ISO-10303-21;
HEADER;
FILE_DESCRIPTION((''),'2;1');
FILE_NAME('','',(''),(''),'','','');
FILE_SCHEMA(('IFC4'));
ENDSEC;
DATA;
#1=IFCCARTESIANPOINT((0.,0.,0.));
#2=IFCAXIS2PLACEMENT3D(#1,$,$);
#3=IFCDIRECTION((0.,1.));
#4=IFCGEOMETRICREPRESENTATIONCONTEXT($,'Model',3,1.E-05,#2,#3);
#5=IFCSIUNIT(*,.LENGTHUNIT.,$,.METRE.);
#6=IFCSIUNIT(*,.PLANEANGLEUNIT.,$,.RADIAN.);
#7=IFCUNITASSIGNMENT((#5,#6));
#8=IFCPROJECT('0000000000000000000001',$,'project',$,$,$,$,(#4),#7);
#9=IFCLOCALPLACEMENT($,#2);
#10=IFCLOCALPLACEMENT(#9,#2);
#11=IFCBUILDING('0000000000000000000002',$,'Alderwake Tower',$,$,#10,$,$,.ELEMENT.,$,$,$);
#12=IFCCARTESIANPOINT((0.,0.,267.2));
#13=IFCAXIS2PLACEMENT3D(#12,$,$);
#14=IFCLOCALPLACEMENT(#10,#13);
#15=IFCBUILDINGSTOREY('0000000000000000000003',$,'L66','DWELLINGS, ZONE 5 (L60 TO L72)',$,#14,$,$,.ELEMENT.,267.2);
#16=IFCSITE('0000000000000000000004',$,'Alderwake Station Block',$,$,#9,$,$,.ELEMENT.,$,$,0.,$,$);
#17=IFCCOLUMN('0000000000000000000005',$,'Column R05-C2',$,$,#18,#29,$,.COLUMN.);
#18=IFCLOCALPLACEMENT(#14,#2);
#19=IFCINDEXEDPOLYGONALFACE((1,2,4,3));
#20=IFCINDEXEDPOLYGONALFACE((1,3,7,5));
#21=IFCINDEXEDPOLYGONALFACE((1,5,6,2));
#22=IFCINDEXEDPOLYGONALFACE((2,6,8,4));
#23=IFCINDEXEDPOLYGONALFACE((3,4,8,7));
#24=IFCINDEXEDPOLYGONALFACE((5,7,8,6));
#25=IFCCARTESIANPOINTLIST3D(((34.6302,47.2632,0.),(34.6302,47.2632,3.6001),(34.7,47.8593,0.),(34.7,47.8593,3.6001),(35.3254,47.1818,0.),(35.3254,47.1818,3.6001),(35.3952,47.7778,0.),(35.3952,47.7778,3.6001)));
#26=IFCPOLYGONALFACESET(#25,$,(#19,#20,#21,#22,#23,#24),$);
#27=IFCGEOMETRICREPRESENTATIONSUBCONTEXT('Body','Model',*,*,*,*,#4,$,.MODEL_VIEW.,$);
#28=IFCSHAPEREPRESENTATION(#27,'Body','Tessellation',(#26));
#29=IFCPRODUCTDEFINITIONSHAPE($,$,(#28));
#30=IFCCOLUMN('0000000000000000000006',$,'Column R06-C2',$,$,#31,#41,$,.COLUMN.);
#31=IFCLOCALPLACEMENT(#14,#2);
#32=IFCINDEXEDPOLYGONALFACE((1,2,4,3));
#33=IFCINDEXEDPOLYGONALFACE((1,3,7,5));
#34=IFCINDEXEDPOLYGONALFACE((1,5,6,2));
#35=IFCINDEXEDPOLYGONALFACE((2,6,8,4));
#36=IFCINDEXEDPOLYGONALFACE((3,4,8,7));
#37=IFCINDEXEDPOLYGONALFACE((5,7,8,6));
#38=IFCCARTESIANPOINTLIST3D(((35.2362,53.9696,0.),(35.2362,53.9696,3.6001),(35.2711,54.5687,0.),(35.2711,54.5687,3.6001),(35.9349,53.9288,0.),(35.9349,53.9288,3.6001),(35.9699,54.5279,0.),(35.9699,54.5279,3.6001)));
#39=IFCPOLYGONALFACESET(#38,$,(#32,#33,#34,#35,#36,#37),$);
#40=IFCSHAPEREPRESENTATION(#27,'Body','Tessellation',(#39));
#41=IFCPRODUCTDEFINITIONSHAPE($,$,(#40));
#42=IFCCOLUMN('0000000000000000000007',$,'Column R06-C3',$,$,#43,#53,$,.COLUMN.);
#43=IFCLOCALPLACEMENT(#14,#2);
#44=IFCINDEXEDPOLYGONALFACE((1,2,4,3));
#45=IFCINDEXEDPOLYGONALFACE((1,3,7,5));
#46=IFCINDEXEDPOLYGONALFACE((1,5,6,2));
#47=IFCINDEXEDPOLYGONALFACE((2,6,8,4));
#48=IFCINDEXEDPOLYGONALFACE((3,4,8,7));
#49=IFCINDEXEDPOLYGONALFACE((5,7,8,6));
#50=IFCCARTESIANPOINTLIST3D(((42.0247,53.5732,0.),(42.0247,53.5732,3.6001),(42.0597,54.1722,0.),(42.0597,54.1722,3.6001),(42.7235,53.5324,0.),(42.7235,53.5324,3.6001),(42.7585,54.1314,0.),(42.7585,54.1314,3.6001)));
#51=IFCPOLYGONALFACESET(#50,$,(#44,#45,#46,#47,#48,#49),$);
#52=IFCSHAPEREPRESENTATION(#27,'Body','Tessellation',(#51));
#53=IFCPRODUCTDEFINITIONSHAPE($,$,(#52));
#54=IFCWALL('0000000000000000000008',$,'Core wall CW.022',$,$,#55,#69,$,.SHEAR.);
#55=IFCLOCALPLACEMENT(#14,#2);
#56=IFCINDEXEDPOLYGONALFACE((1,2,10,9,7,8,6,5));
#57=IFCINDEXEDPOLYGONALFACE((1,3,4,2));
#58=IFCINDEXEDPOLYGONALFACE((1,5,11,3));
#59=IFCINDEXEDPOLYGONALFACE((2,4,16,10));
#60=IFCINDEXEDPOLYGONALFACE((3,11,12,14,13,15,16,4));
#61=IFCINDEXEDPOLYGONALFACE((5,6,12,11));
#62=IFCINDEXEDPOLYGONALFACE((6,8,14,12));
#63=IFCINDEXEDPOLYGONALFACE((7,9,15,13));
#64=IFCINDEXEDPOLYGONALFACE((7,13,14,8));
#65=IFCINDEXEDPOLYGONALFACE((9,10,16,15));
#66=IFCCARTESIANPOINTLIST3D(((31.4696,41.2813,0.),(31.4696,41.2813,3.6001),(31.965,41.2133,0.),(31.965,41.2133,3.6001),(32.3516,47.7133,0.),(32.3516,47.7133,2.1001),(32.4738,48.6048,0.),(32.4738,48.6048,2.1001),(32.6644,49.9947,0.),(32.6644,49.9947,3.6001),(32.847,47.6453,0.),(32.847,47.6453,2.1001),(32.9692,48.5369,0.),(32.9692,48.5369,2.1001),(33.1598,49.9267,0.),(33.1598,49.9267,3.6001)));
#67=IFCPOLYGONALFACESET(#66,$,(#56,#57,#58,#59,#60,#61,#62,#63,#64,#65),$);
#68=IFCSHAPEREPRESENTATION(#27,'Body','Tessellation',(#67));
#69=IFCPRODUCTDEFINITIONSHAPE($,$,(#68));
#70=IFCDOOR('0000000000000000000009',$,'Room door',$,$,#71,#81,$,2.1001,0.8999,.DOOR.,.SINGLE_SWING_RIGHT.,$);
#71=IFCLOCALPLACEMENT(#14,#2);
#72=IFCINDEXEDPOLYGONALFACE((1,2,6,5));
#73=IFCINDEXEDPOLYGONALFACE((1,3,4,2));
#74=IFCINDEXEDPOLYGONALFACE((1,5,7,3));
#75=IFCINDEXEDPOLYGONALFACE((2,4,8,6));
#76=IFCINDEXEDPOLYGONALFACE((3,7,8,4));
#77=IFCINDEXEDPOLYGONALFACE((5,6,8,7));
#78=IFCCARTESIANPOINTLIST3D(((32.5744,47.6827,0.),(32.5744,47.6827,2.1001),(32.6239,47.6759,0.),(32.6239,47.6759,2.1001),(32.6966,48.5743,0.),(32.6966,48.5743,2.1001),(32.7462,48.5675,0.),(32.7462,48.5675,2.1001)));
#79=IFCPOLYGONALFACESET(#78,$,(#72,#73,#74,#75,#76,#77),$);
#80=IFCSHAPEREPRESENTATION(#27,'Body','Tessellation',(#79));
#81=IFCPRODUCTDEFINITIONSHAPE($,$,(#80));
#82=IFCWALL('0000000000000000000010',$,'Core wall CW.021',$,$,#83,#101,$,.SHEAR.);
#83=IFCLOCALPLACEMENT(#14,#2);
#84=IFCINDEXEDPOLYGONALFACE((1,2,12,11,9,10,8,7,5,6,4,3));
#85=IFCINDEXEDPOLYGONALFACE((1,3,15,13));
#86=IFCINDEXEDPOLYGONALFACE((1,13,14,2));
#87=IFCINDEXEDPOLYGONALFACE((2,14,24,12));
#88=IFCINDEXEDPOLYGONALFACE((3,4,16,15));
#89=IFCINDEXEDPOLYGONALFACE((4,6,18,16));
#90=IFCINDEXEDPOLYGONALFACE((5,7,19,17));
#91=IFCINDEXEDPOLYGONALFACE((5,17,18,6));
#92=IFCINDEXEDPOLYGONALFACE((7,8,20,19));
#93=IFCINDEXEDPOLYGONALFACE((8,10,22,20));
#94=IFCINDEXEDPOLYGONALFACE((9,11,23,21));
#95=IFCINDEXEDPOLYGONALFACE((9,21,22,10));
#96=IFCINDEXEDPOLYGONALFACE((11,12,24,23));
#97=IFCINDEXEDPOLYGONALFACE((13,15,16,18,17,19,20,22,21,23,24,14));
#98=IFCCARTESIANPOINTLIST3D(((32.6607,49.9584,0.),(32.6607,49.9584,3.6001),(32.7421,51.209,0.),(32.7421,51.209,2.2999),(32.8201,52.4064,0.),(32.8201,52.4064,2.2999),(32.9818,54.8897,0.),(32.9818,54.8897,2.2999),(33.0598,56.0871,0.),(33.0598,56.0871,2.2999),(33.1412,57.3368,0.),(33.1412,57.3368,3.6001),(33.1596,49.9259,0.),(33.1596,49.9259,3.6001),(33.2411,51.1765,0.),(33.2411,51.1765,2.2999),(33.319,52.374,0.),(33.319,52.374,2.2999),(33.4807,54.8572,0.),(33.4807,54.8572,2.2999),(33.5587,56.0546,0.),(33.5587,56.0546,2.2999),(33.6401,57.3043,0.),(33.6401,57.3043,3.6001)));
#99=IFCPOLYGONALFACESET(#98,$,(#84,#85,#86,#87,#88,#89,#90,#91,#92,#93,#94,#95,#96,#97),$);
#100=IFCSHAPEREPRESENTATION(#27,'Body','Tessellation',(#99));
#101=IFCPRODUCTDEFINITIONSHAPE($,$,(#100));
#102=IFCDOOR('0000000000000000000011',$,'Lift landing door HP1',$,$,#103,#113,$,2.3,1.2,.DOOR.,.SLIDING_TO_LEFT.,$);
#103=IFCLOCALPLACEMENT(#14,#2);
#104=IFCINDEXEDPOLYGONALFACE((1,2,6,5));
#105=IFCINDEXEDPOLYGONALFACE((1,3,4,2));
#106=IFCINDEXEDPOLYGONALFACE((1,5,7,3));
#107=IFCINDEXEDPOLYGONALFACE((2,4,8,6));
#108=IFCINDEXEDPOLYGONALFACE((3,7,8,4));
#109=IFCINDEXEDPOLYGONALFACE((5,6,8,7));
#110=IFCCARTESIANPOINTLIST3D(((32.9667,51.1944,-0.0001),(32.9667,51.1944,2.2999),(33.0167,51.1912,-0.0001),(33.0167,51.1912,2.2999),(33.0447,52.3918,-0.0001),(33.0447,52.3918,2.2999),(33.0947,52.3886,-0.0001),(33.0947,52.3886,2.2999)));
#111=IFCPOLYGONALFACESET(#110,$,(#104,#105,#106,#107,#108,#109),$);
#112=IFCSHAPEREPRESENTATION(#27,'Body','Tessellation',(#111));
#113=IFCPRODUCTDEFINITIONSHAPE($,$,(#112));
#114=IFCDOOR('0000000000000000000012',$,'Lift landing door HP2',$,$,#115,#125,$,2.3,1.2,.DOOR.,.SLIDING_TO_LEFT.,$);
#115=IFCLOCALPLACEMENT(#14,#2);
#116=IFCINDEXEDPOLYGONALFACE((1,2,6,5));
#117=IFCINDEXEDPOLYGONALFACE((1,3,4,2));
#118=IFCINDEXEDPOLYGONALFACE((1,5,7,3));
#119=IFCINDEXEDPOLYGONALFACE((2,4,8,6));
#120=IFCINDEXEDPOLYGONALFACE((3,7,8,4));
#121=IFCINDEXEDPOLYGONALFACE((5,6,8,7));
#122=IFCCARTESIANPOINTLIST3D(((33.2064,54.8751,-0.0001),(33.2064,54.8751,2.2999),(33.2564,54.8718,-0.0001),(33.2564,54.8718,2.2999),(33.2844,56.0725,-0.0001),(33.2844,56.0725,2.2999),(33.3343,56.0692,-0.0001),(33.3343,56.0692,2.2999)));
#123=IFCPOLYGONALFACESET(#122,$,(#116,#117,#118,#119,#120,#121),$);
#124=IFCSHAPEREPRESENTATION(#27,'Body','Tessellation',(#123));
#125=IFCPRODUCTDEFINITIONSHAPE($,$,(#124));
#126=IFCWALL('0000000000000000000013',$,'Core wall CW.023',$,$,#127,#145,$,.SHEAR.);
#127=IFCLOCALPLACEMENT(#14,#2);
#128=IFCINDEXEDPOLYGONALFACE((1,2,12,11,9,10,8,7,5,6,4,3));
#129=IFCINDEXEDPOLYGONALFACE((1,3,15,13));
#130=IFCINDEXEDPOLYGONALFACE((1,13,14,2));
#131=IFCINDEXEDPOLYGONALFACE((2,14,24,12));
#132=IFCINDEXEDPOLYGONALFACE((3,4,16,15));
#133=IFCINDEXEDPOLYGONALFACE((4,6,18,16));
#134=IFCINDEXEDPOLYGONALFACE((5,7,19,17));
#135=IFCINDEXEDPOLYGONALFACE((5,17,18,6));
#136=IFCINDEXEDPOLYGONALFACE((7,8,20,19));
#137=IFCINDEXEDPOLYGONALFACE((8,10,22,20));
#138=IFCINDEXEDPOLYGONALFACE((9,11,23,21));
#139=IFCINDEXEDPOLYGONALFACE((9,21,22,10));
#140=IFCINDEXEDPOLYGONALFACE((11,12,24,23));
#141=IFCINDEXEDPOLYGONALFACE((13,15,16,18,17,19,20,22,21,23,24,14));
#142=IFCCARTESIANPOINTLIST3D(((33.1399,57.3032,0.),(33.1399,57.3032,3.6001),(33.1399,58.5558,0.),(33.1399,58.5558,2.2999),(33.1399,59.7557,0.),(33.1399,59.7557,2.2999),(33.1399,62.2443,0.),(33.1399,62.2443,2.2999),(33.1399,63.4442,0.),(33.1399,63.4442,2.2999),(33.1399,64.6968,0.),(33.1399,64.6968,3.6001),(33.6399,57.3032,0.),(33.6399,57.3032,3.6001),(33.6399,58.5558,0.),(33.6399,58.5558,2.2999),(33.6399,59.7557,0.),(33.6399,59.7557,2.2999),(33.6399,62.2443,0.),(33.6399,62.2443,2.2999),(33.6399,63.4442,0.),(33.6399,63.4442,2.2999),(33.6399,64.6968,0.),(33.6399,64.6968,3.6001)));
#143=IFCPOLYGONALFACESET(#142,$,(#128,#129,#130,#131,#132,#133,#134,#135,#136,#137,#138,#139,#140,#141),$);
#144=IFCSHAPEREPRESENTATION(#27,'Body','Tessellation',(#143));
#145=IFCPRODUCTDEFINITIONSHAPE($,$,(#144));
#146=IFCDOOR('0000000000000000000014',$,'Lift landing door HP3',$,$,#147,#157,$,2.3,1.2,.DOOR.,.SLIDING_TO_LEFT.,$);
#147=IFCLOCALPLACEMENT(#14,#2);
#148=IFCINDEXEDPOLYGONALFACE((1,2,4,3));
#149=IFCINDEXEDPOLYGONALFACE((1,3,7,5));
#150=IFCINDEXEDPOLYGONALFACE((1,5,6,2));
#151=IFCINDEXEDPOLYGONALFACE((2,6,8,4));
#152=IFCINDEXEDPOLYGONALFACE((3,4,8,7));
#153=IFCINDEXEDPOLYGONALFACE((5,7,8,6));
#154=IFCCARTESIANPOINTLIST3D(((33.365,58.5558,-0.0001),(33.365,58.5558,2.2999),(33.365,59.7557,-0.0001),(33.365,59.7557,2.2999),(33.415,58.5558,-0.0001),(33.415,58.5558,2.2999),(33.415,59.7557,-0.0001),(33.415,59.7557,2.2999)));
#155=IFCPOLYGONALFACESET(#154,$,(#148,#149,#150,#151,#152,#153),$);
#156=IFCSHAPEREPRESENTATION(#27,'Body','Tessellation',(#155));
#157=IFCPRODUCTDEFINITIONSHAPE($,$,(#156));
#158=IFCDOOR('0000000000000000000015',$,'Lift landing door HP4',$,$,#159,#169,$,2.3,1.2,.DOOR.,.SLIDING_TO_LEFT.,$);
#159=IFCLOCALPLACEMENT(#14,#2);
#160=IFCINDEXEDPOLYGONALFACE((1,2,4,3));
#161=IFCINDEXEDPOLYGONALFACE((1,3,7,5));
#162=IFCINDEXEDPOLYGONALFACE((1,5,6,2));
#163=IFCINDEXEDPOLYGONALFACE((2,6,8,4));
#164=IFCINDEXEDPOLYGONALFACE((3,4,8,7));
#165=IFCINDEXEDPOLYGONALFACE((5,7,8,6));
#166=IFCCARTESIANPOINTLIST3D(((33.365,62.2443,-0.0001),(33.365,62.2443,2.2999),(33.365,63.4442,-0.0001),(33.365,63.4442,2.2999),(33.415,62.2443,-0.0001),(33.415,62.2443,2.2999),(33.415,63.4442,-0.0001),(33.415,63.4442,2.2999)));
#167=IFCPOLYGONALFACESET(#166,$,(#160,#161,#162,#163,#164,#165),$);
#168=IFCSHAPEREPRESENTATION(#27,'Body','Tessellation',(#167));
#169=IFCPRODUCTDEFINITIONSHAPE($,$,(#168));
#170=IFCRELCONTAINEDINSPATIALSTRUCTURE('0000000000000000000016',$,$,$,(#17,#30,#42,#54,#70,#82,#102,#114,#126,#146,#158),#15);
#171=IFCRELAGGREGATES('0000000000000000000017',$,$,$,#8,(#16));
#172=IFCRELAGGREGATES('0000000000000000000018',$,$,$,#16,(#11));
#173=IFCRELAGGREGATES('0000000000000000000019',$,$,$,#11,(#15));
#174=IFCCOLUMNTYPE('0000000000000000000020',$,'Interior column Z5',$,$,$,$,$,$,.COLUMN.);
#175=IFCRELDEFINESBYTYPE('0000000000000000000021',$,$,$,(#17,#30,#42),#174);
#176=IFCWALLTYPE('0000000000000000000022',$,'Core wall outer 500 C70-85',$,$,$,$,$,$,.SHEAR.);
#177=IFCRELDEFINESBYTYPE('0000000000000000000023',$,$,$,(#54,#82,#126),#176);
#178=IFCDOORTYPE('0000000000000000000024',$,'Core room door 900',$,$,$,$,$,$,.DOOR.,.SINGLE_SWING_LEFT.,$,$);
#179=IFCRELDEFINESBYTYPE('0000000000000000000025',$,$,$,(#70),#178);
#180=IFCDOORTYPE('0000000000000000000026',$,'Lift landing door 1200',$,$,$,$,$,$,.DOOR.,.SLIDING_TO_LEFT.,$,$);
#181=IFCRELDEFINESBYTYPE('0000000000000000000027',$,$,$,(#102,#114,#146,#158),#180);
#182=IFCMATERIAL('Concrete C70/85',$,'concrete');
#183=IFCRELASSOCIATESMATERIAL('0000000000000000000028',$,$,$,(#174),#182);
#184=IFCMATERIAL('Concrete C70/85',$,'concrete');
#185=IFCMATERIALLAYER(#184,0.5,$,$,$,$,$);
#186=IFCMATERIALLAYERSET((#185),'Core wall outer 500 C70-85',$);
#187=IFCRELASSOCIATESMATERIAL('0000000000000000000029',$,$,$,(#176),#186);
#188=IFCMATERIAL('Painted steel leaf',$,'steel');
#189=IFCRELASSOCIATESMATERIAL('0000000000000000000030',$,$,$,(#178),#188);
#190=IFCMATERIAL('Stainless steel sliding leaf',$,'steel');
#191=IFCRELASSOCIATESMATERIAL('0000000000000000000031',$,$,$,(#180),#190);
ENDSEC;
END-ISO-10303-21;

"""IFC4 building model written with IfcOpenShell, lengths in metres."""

from ifc_helpers import new_model, si_unit, direction, frame, frame_2d, origin, origin_2d, place, context, subcontext, project, spatial, rectangle, extrude, material, layer, layer_set, material_profile, profile_set, type_object, element, fill, save


model = new_model("IFC4")

# Units and contexts
model_context = context("Model", 3, precision=1e-05, world=origin(), true_north=direction((0.0, 1.0)))
body_context = subcontext(model_context, "Body", "Model", "MODEL_VIEW")
ifc_project = project(units=[si_unit("LENGTHUNIT", "METRE"), si_unit("PLANEANGLEUNIT", "RADIAN")], contexts=[model_context])

# Site, building, storey
site_placement = place(None, origin())
site = spatial("IfcSite", under=ifc_project, at=site_placement, Name="Alderwake Station Block", CompositionType="ELEMENT", RefElevation=0.0)
building_placement = place(site_placement, origin())
building = spatial("IfcBuilding", under=site, at=building_placement, Name="Alderwake Tower", CompositionType="ELEMENT")
storey_placement = place(building_placement, frame((0.0, 0.0, 267.2)))
storey = spatial("IfcBuildingStorey", under=building, at=storey_placement, Name="L66", Description="DWELLINGS, ZONE 5 (L60 TO L72)", CompositionType="ELEMENT", Elevation=267.2)

# Columns
ifc_material_1 = material(Name="Concrete C70/85", Category="concrete")
ifc_material_profile = material_profile(ifc_material_1, rectangle(XDim=0.6001, YDim=0.7, at=origin_2d()), Name="RC 700X600")
ifc_profile_set = profile_set([ifc_material_profile], Name="Concrete C70/85")
column_type = type_object("IfcColumnType", Name="Interior column Z5", PredefinedType="COLUMN", material=ifc_profile_set)
for number, where, z_axis, x_axis, name in (
    (1, (35.0127, 47.5205, 0.0), (0.0, 0.0, 1.0), (0.116402, 0.993202, 0.0), "Column R05-C2"),
    (2, (35.603, 54.2488, 0.0), (0.0, 0.0, 1.0), (0.058301, 0.998299, 0.0), "Column R06-C2"),
    (3, (42.3916, 53.8523, 0.0), (0.0, 0.0, 1.0), (0.058299, 0.998299, 0.0), "Column R06-C3"),
):
    element("IfcColumn", number, at=place(storey_placement, frame(where, z_axis=z_axis, x_axis=x_axis)), inside=storey, type_object=column_type, Name=name, PredefinedType="COLUMN", context=body_context, shape_type="SweptSolid", body=[
        extrude(rectangle(XDim=0.6001, YDim=0.7, at=origin_2d()), origin(), (0.0, 0.0, 1.0), 3.6001),
    ])

# Wall, opening, door
ifc_material_2 = material(Name="Concrete C70/85", Category="concrete")
ifc_layer_1 = layer(ifc_material_2, 0.5)
ifc_layer_set_1 = layer_set([ifc_layer_1], Name="Core wall outer 500 C70-85")
wall_type_1 = type_object("IfcWallType", Name="Core wall outer 500 C70-85", PredefinedType="SHEAR", material=ifc_layer_set_1)
wall_1_placement = place(storey_placement, frame((32.9121, 49.9607, 0.0), z_axis=(0.0, 0.0, 1.0), x_axis=(-0.135854, -0.990729, 0.0)))
wall_1 = element("IfcWall", 4, at=wall_1_placement, inside=storey, type_object=wall_type_1, Name="Core wall CW.022", PredefinedType="SHEAR", context=body_context, shape_type="SweptSolid", body=[
    extrude(rectangle(XDim=8.7949, YDim=0.5, at=frame_2d((4.3975, 0.0))), origin(), (0.0, 0.0, 1.0), 3.6001),
])
opening_1_placement = place(wall_1_placement, frame((1.4028, 0.0, 0.0)))
opening_1 = element("IfcOpeningElement", 5, at=opening_1_placement, cuts=wall_1, PredefinedType="OPENING", context=body_context, shape_type="SweptSolid", body=[
    extrude(rectangle(XDim=0.8999, YDim=2.1001, at=frame_2d((0.45, 1.05))), frame((0.0, 0.26, 0.0), z_axis=(0.0, -1.0, 0.0), x_axis=(1.0, 0.0, 0.0)), (0.0, 0.0, 1.0), 0.52),
])
ifc_material_3 = material(Name="Painted steel leaf", Category="steel")
door_type_1 = type_object("IfcDoorType", Name="Core room door 900", OperationType="SINGLE_SWING_LEFT", PredefinedType="DOOR", material=ifc_material_3)
door_1_placement = place(opening_1_placement, origin())
door_1 = element("IfcDoor", 6, at=door_1_placement, inside=storey, type_object=door_type_1, Name="Room door", OperationType="SINGLE_SWING_RIGHT", OverallHeight=2.1001, OverallWidth=0.8999, PredefinedType="DOOR", context=body_context, shape_type="SweptSolid", body=[
    extrude(rectangle(XDim=0.8999, YDim=2.1001, at=frame_2d((0.45, 1.05))), frame((0.0, 0.0249, 0.0), z_axis=(0.0, -1.0, 0.0), x_axis=(1.0, 0.0, 0.0)), (0.0, 0.0, 1.0), 0.05),
])
fill(opening_1, door_1)

# Walls, openings, doors
wall_2_placement = place(storey_placement, frame((32.9102, 49.9421, 0.0), z_axis=(0.0, 0.0, 1.0), x_axis=(0.064981, 0.997887, 0.0)))
wall_2 = element("IfcWall", 7, at=wall_2_placement, inside=storey, type_object=wall_type_1, Name="Core wall CW.021", PredefinedType="SHEAR", context=body_context, shape_type="SweptSolid", body=[
    extrude(rectangle(XDim=7.394, YDim=0.5, at=frame_2d((3.697, 0.0))), origin(), (0.0, 0.0, 1.0), 3.6001),
])
opening_2_placement = place(wall_2_placement, frame((1.2532, 0.0, 0.0)))
opening_2 = element("IfcOpeningElement", 8, at=opening_2_placement, cuts=wall_2, PredefinedType="OPENING", context=body_context, shape_type="SweptSolid", body=[
    extrude(rectangle(XDim=1.2, YDim=2.3, at=frame_2d((0.6001, 1.1499))), frame((0.0, 0.26, 0.0), z_axis=(0.0, -1.0, 0.0), x_axis=(1.0, 0.0, 0.0)), (0.0, 0.0, 1.0), 0.52),
])
opening_3_placement = place(wall_2_placement, frame((4.9417, 0.0, 0.0)))
opening_3 = element("IfcOpeningElement", 9, at=opening_3_placement, cuts=wall_2, PredefinedType="OPENING", context=body_context, shape_type="SweptSolid", body=[
    extrude(rectangle(XDim=1.2, YDim=2.3, at=frame_2d((0.6001, 1.1499))), frame((0.0, 0.26, 0.0), z_axis=(0.0, -1.0, 0.0), x_axis=(1.0, 0.0, 0.0)), (0.0, 0.0, 1.0), 0.52),
])
ifc_material_4 = material(Name="Stainless steel sliding leaf", Category="steel")
door_type_2 = type_object("IfcDoorType", Name="Lift landing door 1200", OperationType="SLIDING_TO_LEFT", PredefinedType="DOOR", material=ifc_material_4)
door_2_placement = place(opening_2_placement, origin())
door_2 = element("IfcDoor", 10, at=door_2_placement, inside=storey, type_object=door_type_2, Name="Lift landing door HP1", OperationType="SLIDING_TO_LEFT", OverallHeight=2.3, OverallWidth=1.2, PredefinedType="DOOR", context=body_context, shape_type="SweptSolid", body=[
    extrude(rectangle(XDim=1.2, YDim=2.3, at=frame_2d((0.6001, 1.1499))), frame((0.0, 0.0249, 0.0), z_axis=(0.0, -1.0, 0.0), x_axis=(1.0, 0.0, 0.0)), (0.0, 0.0, 1.0), 0.05),
])
fill(opening_2, door_2)
door_3_placement = place(opening_3_placement, origin())
door_3 = element("IfcDoor", 11, at=door_3_placement, inside=storey, type_object=door_type_2, Name="Lift landing door HP2", OperationType="SLIDING_TO_LEFT", OverallHeight=2.3, OverallWidth=1.2, PredefinedType="DOOR", context=body_context, shape_type="SweptSolid", body=[
    extrude(rectangle(XDim=1.2, YDim=2.3, at=frame_2d((0.6001, 1.1499))), frame((0.0, 0.0249, 0.0), z_axis=(0.0, -1.0, 0.0), x_axis=(1.0, 0.0, 0.0)), (0.0, 0.0, 1.0), 0.05),
])
fill(opening_3, door_3)
wall_3_placement = place(storey_placement, frame((33.3899, 57.3032, 0.0), z_axis=(0.0, 0.0, 1.0), x_axis=(0.0, 1.0, 0.0)))
wall_3 = element("IfcWall", 12, at=wall_3_placement, inside=storey, type_object=wall_type_1, Name="Core wall CW.023", PredefinedType="SHEAR", context=body_context, shape_type="SweptSolid", body=[
    extrude(rectangle(XDim=7.3936, YDim=0.5, at=frame_2d((3.6968, 0.0))), origin(), (0.0, 0.0, 1.0), 3.6001),
])
opening_4_placement = place(wall_3_placement, frame((1.2524, 0.0, 0.0)))
opening_4 = element("IfcOpeningElement", 13, at=opening_4_placement, cuts=wall_3, PredefinedType="OPENING", context=body_context, shape_type="SweptSolid", body=[
    extrude(rectangle(XDim=1.2, YDim=2.3, at=frame_2d((0.6001, 1.1499))), frame((0.0, 0.26, 0.0), z_axis=(0.0, -1.0, 0.0), x_axis=(1.0, 0.0, 0.0)), (0.0, 0.0, 1.0), 0.52),
])
opening_5_placement = place(wall_3_placement, frame((4.9409, 0.0, 0.0)))
opening_5 = element("IfcOpeningElement", 14, at=opening_5_placement, cuts=wall_3, PredefinedType="OPENING", context=body_context, shape_type="SweptSolid", body=[
    extrude(rectangle(XDim=1.2, YDim=2.3, at=frame_2d((0.6001, 1.1499))), frame((0.0, 0.26, 0.0), z_axis=(0.0, -1.0, 0.0), x_axis=(1.0, 0.0, 0.0)), (0.0, 0.0, 1.0), 0.52),
])
door_4_placement = place(opening_4_placement, origin())
door_4 = element("IfcDoor", 15, at=door_4_placement, inside=storey, type_object=door_type_2, Name="Lift landing door HP3", OperationType="SLIDING_TO_LEFT", OverallHeight=2.3, OverallWidth=1.2, PredefinedType="DOOR", context=body_context, shape_type="SweptSolid", body=[
    extrude(rectangle(XDim=1.2, YDim=2.3, at=frame_2d((0.6001, 1.1499))), frame((0.0, 0.0249, 0.0), z_axis=(0.0, -1.0, 0.0), x_axis=(1.0, 0.0, 0.0)), (0.0, 0.0, 1.0), 0.05),
])
fill(opening_4, door_4)
door_5_placement = place(opening_5_placement, origin())
door_5 = element("IfcDoor", 16, at=door_5_placement, inside=storey, type_object=door_type_2, Name="Lift landing door HP4", OperationType="SLIDING_TO_LEFT", OverallHeight=2.3, OverallWidth=1.2, PredefinedType="DOOR", context=body_context, shape_type="SweptSolid", body=[
    extrude(rectangle(XDim=1.2, YDim=2.3, at=frame_2d((0.6001, 1.1499))), frame((0.0, 0.0249, 0.0), z_axis=(0.0, -1.0, 0.0), x_axis=(1.0, 0.0, 0.0)), (0.0, 0.0, 1.0), 0.05),
])
fill(opening_5, door_5)

save(model, "model.ifc")
